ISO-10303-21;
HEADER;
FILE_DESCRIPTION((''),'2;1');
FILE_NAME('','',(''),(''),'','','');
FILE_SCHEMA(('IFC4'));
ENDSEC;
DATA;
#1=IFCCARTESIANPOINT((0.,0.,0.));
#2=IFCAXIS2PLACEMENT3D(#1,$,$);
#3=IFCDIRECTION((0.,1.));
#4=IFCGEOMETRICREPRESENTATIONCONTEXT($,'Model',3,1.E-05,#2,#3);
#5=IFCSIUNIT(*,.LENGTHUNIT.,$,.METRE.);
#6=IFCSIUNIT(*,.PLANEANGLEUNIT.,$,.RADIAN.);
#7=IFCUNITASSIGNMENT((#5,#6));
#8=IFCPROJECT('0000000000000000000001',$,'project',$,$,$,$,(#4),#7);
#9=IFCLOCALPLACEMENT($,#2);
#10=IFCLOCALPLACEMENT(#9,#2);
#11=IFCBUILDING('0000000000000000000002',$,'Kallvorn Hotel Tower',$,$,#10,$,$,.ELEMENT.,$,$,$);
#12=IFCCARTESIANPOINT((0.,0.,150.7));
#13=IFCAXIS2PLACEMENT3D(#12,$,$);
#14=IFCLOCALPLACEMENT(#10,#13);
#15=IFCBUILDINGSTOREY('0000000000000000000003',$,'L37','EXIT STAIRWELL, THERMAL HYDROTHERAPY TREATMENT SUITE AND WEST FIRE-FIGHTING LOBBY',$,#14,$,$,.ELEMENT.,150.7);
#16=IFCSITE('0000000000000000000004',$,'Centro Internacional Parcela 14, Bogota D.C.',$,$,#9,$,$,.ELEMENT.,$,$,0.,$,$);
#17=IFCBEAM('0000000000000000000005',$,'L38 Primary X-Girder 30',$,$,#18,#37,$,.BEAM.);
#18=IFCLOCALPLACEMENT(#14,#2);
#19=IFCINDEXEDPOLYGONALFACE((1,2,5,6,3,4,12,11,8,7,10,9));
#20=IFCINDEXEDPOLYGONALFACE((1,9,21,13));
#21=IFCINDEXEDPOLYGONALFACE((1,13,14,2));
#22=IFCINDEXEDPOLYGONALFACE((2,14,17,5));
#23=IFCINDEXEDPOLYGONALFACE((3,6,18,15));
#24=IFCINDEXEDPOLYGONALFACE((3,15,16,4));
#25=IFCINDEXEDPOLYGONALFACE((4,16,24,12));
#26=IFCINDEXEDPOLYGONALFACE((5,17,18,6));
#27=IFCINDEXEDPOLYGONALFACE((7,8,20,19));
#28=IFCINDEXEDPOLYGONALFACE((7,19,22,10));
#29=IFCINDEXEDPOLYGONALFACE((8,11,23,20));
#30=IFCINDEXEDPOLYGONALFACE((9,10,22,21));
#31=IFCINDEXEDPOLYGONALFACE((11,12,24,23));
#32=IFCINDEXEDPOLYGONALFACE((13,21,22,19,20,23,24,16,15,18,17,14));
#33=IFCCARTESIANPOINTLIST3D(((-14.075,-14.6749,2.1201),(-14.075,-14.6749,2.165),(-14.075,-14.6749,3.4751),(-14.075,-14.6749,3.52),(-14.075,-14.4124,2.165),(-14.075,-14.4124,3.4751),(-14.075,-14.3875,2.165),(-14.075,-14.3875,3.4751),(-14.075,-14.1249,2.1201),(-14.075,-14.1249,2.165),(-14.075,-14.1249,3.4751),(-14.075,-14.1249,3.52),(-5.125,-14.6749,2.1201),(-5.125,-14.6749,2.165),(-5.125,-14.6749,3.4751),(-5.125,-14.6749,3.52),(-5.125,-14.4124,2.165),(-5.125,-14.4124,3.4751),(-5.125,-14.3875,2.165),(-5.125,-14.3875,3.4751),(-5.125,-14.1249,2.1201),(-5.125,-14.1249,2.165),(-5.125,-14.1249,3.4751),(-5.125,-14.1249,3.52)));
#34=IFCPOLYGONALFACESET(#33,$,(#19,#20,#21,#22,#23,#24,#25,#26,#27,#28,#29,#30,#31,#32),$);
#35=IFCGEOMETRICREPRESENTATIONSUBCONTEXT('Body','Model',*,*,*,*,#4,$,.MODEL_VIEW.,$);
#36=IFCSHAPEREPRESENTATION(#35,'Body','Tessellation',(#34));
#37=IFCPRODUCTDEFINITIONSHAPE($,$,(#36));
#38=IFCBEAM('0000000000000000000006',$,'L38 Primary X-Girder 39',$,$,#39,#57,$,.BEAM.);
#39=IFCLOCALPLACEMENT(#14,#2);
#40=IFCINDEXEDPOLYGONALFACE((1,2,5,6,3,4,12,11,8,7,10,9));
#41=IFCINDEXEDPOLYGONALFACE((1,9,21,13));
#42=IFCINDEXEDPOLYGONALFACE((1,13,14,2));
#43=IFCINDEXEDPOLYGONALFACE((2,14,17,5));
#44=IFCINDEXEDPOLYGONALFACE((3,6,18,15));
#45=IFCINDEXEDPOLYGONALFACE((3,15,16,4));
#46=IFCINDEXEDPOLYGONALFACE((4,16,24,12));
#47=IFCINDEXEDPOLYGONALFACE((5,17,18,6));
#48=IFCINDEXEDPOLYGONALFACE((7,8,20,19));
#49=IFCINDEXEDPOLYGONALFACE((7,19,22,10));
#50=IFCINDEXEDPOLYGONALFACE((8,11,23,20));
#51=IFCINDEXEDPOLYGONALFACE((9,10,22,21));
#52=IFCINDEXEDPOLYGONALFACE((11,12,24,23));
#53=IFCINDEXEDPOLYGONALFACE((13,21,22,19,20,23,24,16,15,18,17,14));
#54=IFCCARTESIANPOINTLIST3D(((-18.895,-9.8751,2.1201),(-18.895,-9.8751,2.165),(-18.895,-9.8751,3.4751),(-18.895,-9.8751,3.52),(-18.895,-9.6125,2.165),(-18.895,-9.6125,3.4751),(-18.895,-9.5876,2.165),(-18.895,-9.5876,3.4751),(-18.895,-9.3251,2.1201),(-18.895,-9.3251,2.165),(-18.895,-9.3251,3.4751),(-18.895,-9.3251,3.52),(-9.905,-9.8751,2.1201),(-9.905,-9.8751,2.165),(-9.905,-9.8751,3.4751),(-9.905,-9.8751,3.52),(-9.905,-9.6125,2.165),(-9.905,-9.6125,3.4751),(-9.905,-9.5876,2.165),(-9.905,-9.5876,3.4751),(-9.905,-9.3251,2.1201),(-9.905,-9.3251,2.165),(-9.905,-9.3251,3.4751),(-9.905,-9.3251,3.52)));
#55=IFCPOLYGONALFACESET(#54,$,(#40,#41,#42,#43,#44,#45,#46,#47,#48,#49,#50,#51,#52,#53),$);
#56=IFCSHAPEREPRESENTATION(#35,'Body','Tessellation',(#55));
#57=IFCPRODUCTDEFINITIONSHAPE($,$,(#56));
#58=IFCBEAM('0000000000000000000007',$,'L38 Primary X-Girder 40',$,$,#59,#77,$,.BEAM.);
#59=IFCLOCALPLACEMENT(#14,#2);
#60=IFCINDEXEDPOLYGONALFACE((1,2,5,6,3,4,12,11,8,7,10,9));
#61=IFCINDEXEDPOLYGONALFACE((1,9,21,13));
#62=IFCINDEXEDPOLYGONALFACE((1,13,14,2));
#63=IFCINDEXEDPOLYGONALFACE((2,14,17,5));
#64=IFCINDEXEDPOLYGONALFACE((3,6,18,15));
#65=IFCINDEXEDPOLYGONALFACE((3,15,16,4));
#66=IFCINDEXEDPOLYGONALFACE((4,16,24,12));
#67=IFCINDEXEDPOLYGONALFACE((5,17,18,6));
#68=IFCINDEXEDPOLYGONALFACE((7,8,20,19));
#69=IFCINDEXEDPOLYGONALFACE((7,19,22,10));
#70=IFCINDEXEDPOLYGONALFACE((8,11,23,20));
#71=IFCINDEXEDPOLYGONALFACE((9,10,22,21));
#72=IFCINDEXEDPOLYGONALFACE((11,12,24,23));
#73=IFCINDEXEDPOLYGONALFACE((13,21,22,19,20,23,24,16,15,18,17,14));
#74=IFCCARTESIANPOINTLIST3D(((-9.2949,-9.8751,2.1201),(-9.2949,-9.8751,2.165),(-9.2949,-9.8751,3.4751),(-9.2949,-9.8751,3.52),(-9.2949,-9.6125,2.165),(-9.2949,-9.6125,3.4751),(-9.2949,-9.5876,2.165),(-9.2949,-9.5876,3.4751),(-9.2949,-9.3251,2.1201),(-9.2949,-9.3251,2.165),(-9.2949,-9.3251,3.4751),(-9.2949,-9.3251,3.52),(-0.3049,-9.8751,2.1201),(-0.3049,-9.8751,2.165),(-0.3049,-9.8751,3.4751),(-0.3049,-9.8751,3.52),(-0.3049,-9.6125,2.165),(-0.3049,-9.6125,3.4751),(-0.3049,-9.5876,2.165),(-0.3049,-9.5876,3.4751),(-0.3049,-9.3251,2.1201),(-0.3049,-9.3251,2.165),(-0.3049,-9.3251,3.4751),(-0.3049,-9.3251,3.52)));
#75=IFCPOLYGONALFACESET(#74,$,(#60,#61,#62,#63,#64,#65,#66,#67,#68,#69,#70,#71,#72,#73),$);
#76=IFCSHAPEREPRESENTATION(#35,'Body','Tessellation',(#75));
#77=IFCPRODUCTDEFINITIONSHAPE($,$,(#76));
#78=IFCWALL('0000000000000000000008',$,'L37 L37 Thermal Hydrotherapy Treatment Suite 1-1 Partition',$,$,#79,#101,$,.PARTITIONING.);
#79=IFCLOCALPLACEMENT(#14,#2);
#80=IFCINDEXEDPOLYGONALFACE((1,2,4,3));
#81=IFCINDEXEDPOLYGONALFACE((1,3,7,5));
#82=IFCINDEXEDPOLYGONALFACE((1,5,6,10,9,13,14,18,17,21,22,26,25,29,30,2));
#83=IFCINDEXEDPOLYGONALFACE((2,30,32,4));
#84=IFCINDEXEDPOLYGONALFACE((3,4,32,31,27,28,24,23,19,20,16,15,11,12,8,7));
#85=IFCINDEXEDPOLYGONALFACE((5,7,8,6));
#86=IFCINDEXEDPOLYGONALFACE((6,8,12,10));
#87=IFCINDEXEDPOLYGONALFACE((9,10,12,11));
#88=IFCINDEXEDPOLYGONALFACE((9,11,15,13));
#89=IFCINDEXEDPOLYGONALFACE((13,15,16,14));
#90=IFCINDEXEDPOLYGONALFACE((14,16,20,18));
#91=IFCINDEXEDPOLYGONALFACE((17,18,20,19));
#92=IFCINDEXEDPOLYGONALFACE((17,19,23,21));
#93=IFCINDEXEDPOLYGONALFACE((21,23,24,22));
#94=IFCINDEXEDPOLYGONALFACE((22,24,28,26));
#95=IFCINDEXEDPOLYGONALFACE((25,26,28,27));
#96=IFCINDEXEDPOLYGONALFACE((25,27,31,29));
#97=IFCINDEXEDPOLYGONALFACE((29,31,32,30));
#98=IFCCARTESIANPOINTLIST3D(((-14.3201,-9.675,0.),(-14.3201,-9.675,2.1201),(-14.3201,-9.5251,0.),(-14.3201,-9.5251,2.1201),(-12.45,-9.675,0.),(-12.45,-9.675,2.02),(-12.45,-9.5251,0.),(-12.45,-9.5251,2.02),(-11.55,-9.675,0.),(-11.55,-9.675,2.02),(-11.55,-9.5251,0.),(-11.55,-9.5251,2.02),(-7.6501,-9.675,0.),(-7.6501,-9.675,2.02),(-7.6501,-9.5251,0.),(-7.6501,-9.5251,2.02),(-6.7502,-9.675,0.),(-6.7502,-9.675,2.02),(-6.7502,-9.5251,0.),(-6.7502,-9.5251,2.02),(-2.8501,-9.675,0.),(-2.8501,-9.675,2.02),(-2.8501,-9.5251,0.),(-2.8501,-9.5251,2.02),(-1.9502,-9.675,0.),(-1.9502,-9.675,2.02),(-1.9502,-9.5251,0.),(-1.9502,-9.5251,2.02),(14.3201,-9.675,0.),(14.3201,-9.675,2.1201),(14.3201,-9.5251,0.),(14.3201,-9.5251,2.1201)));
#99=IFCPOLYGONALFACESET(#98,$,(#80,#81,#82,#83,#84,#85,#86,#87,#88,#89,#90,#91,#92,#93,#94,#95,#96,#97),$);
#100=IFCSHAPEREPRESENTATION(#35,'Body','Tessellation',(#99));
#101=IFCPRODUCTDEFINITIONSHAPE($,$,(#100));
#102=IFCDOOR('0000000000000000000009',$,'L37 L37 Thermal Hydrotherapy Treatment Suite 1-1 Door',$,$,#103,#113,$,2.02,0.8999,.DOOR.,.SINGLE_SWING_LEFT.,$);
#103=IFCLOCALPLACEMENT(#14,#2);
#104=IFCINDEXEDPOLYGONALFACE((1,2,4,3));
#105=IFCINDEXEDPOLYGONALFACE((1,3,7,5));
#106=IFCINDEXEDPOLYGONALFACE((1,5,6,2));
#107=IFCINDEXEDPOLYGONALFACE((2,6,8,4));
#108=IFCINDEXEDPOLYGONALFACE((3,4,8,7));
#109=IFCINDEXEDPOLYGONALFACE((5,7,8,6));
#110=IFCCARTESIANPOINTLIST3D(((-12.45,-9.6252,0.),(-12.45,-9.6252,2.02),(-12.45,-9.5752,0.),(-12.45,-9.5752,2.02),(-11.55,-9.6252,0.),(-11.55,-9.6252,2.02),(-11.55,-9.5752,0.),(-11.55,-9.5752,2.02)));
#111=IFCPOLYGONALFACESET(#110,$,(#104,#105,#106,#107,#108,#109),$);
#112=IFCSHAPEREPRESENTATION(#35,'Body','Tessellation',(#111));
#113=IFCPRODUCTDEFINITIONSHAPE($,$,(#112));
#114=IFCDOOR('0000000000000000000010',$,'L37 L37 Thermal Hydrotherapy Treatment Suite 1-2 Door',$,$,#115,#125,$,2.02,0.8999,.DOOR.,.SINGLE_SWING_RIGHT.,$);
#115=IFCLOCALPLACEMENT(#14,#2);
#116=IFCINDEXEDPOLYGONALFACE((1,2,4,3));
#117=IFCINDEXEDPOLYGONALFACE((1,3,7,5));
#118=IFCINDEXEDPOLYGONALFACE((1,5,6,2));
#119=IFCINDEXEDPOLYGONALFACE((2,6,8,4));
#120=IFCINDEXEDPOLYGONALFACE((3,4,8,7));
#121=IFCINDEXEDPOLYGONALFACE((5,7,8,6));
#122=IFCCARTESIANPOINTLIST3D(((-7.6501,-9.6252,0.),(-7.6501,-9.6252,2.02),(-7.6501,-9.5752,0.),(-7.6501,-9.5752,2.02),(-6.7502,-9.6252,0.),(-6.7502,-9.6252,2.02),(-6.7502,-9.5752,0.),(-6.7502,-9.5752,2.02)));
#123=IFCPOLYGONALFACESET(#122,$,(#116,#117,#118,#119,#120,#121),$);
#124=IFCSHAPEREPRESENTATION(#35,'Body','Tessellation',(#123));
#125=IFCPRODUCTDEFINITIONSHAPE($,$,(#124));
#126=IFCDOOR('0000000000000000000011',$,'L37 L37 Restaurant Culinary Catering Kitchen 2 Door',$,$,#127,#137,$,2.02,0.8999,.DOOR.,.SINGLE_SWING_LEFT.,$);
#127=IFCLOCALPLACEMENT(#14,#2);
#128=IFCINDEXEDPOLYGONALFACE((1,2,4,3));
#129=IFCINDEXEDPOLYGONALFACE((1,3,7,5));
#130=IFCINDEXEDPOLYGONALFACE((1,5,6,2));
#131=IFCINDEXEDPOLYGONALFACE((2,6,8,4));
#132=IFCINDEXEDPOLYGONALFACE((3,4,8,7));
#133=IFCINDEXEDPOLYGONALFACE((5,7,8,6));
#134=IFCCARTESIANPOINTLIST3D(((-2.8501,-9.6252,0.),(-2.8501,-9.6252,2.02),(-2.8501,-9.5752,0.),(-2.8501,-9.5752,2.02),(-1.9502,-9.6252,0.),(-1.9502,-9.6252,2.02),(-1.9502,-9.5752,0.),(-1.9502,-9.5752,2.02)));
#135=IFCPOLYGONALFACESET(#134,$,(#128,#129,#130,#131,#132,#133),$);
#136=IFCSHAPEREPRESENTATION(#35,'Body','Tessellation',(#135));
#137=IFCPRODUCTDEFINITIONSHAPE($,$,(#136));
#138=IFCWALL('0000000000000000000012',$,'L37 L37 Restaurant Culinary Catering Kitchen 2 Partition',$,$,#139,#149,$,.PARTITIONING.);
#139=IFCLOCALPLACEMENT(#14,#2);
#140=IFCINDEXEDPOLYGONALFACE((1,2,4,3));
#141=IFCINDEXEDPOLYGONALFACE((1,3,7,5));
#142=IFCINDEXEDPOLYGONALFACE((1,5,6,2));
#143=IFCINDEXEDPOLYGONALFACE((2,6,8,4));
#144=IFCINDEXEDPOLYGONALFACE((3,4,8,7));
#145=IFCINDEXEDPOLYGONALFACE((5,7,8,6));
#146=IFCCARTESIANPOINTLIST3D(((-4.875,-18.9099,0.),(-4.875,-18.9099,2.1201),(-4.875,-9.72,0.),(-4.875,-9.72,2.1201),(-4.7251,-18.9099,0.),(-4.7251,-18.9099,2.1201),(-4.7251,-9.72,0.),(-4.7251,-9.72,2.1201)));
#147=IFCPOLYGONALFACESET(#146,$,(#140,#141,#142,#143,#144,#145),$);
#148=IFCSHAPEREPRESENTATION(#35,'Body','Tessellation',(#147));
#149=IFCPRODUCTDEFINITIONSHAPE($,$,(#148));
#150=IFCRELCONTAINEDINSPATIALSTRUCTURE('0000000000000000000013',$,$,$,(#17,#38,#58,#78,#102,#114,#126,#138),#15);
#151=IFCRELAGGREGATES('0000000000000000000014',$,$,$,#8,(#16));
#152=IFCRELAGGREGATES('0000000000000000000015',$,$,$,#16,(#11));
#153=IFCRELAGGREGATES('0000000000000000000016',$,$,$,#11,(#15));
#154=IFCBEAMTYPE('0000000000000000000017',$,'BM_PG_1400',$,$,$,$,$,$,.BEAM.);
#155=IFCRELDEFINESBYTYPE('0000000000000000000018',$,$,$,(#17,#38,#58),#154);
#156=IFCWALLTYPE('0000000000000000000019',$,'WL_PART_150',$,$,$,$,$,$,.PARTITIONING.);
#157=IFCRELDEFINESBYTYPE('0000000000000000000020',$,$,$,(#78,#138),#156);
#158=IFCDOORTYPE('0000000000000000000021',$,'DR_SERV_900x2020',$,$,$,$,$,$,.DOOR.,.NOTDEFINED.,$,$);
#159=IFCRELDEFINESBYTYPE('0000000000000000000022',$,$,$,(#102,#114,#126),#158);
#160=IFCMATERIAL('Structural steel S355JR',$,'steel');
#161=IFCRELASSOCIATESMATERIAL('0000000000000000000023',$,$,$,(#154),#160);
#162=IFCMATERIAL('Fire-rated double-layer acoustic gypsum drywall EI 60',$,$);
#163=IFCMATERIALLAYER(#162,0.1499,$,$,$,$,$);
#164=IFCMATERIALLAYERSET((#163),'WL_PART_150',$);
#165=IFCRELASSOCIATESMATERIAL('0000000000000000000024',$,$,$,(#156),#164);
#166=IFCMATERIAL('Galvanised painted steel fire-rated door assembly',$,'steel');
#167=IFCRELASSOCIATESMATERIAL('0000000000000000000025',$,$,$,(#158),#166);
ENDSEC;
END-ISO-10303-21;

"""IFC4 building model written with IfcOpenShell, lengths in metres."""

from ifc_helpers import new_model, si_unit, direction, frame, frame_2d, origin, origin_2d, place, context, subcontext, project, spatial, rectangle, i_section, extrude, material, layer, layer_set, material_profile, profile_set, type_object, element, fill, save


model = new_model("IFC4")

# Units and contexts
model_context = context("Model", 3, precision=1e-05, world=origin(), true_north=direction((0.0, 1.0)))
body_context = subcontext(model_context, "Body", "Model", "MODEL_VIEW")
ifc_project = project(units=[si_unit("LENGTHUNIT", "METRE"), si_unit("PLANEANGLEUNIT", "RADIAN")], contexts=[model_context])

# Site, building, storey
site_placement = place(None, origin())
site = spatial("IfcSite", under=ifc_project, at=site_placement, Name="Centro Internacional Parcela 14, Bogota D.C.", CompositionType="ELEMENT", RefElevation=0.0)
building_placement = place(site_placement, origin())
building = spatial("IfcBuilding", under=site, at=building_placement, Name="Kallvorn Hotel Tower", CompositionType="ELEMENT")
storey_placement = place(building_placement, frame((0.0, 0.0, 150.7)))
storey = spatial("IfcBuildingStorey", under=building, at=storey_placement, Name="L37", Description="EXIT STAIRWELL, THERMAL HYDROTHERAPY TREATMENT SUITE AND WEST FIRE-FIGHTING LOBBY", CompositionType="ELEMENT", Elevation=150.7)

# Beams
ifc_material_1 = material(Name="Structural steel S355JR", Category="steel")
ifc_material_profile_1 = material_profile(ifc_material_1, i_section(OverallWidth=0.55, OverallDepth=1.3999, WebThickness=0.0249, FlangeThickness=0.0449, at=origin_2d()), Name="PG 1400x550x25x45")
ifc_profile_set_1 = profile_set([ifc_material_profile_1], Name="Structural steel S355JR")
beam_type_1 = type_object("IfcBeamType", Name="BM_PG_1400", PredefinedType="BEAM", material=ifc_profile_set_1)
beam_1_placement = place(storey_placement, frame((-14.075, -14.3999, 2.8201), z_axis=(1.0, 0.0, 0.0), x_axis=(0.0, 1.0, 0.0)))
element("IfcBeam", 1, at=beam_1_placement, inside=storey, type_object=beam_type_1, Name="L38 Primary X-Girder 30", PredefinedType="BEAM", context=body_context, shape_type="SweptSolid", body=[
    extrude(i_section(OverallWidth=0.55, OverallDepth=1.3999, WebThickness=0.0249, FlangeThickness=0.0449, at=origin_2d()), origin(), (0.0, 0.0, 1.0), 8.95),
])
for number, where, z_axis, x_axis, name in (
    (2, (-18.895, -9.6001, 2.8201), (1.0, 0.0, 0.0), (0.0, 1.0, 0.0), "L38 Primary X-Girder 39"),
    (3, (-9.2949, -9.6001, 2.8201), (1.0, 0.0, 0.0), (0.0, 1.0, 0.0), "L38 Primary X-Girder 40"),
):
    element("IfcBeam", number, at=place(storey_placement, frame(where, z_axis=z_axis, x_axis=x_axis)), inside=storey, type_object=beam_type_1, Name=name, PredefinedType="BEAM", context=body_context, shape_type="SweptSolid", body=[
        extrude(i_section(OverallWidth=0.55, OverallDepth=1.3999, WebThickness=0.0249, FlangeThickness=0.0449, at=origin_2d()), origin(), (0.0, 0.0, 1.0), 8.99),
    ])

# Wall, openings, doors
ifc_material_2 = material(Name="Fire-rated double-layer acoustic gypsum drywall EI 60")
ifc_layer = layer(ifc_material_2, 0.1499)
ifc_layer_set = layer_set([ifc_layer], Name="WL_PART_150")
wall_type = type_object("IfcWallType", Name="WL_PART_150", PredefinedType="PARTITIONING", material=ifc_layer_set)
wall_1_placement = place(storey_placement, frame((-14.3201, -9.6001, 0.0), z_axis=(0.0, 0.0, 1.0), x_axis=(1.0, 0.0, 0.0)))
wall_1 = element("IfcWall", 4, at=wall_1_placement, inside=storey, type_object=wall_type, Name="L37 L37 Thermal Hydrotherapy Treatment Suite 1-1 Partition", PredefinedType="PARTITIONING", context=body_context, shape_type="SweptSolid", body=[
    extrude(rectangle(XDim=28.6401, YDim=0.1499, at=frame_2d((14.3201, 0.0))), origin(), (0.0, 0.0, 1.0), 2.1201),
])
opening_1_placement = place(wall_1_placement, frame((1.8701, 0.0, 0.0)))
opening_1 = element("IfcOpeningElement", 5, at=opening_1_placement, cuts=wall_1, PredefinedType="OPENING", context=body_context, shape_type="SweptSolid", body=[
    extrude(rectangle(XDim=0.8999, YDim=2.02, at=frame_2d((0.45, 1.01))), frame((0.0, 0.0898, 0.0), z_axis=(0.0, -1.0, 0.0), x_axis=(1.0, 0.0, 0.0)), (0.0, 0.0, 1.0), 0.1799),
])
opening_2_placement = place(wall_1_placement, frame((6.6699, 0.0, 0.0)))
opening_2 = element("IfcOpeningElement", 6, at=opening_2_placement, cuts=wall_1, PredefinedType="OPENING", context=body_context, shape_type="SweptSolid", body=[
    extrude(rectangle(XDim=0.8999, YDim=2.02, at=frame_2d((0.45, 1.01))), frame((0.0, 0.0898, 0.0), z_axis=(0.0, -1.0, 0.0), x_axis=(1.0, 0.0, 0.0)), (0.0, 0.0, 1.0), 0.1799),
])
opening_3_placement = place(wall_1_placement, frame((11.47, 0.0, 0.0)))
opening_3 = element("IfcOpeningElement", 7, at=opening_3_placement, cuts=wall_1, PredefinedType="OPENING", context=body_context, shape_type="SweptSolid", body=[
    extrude(rectangle(XDim=0.8999, YDim=2.02, at=frame_2d((0.45, 1.01))), frame((0.0, 0.0898, 0.0), z_axis=(0.0, -1.0, 0.0), x_axis=(1.0, 0.0, 0.0)), (0.0, 0.0, 1.0), 0.1799),
])
ifc_material_3 = material(Name="Galvanised painted steel fire-rated door assembly", Category="steel")
door_type = type_object("IfcDoorType", Name="DR_SERV_900x2020", OperationType="NOTDEFINED", PredefinedType="DOOR", material=ifc_material_3)
door_1_placement = place(opening_1_placement, origin())
door_1 = element("IfcDoor", 8, at=door_1_placement, inside=storey, type_object=door_type, Name="L37 L37 Thermal Hydrotherapy Treatment Suite 1-1 Door", OperationType="SINGLE_SWING_LEFT", OverallHeight=2.02, OverallWidth=0.8999, PredefinedType="DOOR", context=body_context, shape_type="SweptSolid", body=[
    extrude(rectangle(XDim=0.8999, YDim=2.02, at=frame_2d((0.45, 1.01))), frame((0.0, 0.0249, 0.0), z_axis=(0.0, -1.0, 0.0), x_axis=(1.0, 0.0, 0.0)), (0.0, 0.0, 1.0), 0.05),
])
fill(opening_1, door_1)
door_2_placement = place(opening_2_placement, origin())
door_2 = element("IfcDoor", 9, at=door_2_placement, inside=storey, type_object=door_type, Name="L37 L37 Thermal Hydrotherapy Treatment Suite 1-2 Door", OperationType="SINGLE_SWING_RIGHT", OverallHeight=2.02, OverallWidth=0.8999, PredefinedType="DOOR", context=body_context, shape_type="SweptSolid", body=[
    extrude(rectangle(XDim=0.8999, YDim=2.02, at=frame_2d((0.45, 1.01))), frame((0.0, 0.0249, 0.0), z_axis=(0.0, -1.0, 0.0), x_axis=(1.0, 0.0, 0.0)), (0.0, 0.0, 1.0), 0.05),
])
fill(opening_2, door_2)
door_3_placement = place(opening_3_placement, origin())
door_3 = element("IfcDoor", 10, at=door_3_placement, inside=storey, type_object=door_type, Name="L37 L37 Restaurant Culinary Catering Kitchen 2 Door", OperationType="SINGLE_SWING_LEFT", OverallHeight=2.02, OverallWidth=0.8999, PredefinedType="DOOR", context=body_context, shape_type="SweptSolid", body=[
    extrude(rectangle(XDim=0.8999, YDim=2.02, at=frame_2d((0.45, 1.01))), frame((0.0, 0.0249, 0.0), z_axis=(0.0, -1.0, 0.0), x_axis=(1.0, 0.0, 0.0)), (0.0, 0.0, 1.0), 0.05),
])
fill(opening_3, door_3)

# Wall
wall_2_placement = place(storey_placement, frame((-4.8, -18.9099, 0.0), z_axis=(0.0, 0.0, 1.0), x_axis=(0.0, 1.0, 0.0)))
element("IfcWall", 11, at=wall_2_placement, inside=storey, type_object=wall_type, Name="L37 L37 Restaurant Culinary Catering Kitchen 2 Partition", PredefinedType="PARTITIONING", context=body_context, shape_type="SweptSolid", body=[
    extrude(rectangle(XDim=9.1899, YDim=0.1499, at=frame_2d((4.595, 0.0))), origin(), (0.0, 0.0, 1.0), 2.1201),
])

save(model, "model.ifc")
